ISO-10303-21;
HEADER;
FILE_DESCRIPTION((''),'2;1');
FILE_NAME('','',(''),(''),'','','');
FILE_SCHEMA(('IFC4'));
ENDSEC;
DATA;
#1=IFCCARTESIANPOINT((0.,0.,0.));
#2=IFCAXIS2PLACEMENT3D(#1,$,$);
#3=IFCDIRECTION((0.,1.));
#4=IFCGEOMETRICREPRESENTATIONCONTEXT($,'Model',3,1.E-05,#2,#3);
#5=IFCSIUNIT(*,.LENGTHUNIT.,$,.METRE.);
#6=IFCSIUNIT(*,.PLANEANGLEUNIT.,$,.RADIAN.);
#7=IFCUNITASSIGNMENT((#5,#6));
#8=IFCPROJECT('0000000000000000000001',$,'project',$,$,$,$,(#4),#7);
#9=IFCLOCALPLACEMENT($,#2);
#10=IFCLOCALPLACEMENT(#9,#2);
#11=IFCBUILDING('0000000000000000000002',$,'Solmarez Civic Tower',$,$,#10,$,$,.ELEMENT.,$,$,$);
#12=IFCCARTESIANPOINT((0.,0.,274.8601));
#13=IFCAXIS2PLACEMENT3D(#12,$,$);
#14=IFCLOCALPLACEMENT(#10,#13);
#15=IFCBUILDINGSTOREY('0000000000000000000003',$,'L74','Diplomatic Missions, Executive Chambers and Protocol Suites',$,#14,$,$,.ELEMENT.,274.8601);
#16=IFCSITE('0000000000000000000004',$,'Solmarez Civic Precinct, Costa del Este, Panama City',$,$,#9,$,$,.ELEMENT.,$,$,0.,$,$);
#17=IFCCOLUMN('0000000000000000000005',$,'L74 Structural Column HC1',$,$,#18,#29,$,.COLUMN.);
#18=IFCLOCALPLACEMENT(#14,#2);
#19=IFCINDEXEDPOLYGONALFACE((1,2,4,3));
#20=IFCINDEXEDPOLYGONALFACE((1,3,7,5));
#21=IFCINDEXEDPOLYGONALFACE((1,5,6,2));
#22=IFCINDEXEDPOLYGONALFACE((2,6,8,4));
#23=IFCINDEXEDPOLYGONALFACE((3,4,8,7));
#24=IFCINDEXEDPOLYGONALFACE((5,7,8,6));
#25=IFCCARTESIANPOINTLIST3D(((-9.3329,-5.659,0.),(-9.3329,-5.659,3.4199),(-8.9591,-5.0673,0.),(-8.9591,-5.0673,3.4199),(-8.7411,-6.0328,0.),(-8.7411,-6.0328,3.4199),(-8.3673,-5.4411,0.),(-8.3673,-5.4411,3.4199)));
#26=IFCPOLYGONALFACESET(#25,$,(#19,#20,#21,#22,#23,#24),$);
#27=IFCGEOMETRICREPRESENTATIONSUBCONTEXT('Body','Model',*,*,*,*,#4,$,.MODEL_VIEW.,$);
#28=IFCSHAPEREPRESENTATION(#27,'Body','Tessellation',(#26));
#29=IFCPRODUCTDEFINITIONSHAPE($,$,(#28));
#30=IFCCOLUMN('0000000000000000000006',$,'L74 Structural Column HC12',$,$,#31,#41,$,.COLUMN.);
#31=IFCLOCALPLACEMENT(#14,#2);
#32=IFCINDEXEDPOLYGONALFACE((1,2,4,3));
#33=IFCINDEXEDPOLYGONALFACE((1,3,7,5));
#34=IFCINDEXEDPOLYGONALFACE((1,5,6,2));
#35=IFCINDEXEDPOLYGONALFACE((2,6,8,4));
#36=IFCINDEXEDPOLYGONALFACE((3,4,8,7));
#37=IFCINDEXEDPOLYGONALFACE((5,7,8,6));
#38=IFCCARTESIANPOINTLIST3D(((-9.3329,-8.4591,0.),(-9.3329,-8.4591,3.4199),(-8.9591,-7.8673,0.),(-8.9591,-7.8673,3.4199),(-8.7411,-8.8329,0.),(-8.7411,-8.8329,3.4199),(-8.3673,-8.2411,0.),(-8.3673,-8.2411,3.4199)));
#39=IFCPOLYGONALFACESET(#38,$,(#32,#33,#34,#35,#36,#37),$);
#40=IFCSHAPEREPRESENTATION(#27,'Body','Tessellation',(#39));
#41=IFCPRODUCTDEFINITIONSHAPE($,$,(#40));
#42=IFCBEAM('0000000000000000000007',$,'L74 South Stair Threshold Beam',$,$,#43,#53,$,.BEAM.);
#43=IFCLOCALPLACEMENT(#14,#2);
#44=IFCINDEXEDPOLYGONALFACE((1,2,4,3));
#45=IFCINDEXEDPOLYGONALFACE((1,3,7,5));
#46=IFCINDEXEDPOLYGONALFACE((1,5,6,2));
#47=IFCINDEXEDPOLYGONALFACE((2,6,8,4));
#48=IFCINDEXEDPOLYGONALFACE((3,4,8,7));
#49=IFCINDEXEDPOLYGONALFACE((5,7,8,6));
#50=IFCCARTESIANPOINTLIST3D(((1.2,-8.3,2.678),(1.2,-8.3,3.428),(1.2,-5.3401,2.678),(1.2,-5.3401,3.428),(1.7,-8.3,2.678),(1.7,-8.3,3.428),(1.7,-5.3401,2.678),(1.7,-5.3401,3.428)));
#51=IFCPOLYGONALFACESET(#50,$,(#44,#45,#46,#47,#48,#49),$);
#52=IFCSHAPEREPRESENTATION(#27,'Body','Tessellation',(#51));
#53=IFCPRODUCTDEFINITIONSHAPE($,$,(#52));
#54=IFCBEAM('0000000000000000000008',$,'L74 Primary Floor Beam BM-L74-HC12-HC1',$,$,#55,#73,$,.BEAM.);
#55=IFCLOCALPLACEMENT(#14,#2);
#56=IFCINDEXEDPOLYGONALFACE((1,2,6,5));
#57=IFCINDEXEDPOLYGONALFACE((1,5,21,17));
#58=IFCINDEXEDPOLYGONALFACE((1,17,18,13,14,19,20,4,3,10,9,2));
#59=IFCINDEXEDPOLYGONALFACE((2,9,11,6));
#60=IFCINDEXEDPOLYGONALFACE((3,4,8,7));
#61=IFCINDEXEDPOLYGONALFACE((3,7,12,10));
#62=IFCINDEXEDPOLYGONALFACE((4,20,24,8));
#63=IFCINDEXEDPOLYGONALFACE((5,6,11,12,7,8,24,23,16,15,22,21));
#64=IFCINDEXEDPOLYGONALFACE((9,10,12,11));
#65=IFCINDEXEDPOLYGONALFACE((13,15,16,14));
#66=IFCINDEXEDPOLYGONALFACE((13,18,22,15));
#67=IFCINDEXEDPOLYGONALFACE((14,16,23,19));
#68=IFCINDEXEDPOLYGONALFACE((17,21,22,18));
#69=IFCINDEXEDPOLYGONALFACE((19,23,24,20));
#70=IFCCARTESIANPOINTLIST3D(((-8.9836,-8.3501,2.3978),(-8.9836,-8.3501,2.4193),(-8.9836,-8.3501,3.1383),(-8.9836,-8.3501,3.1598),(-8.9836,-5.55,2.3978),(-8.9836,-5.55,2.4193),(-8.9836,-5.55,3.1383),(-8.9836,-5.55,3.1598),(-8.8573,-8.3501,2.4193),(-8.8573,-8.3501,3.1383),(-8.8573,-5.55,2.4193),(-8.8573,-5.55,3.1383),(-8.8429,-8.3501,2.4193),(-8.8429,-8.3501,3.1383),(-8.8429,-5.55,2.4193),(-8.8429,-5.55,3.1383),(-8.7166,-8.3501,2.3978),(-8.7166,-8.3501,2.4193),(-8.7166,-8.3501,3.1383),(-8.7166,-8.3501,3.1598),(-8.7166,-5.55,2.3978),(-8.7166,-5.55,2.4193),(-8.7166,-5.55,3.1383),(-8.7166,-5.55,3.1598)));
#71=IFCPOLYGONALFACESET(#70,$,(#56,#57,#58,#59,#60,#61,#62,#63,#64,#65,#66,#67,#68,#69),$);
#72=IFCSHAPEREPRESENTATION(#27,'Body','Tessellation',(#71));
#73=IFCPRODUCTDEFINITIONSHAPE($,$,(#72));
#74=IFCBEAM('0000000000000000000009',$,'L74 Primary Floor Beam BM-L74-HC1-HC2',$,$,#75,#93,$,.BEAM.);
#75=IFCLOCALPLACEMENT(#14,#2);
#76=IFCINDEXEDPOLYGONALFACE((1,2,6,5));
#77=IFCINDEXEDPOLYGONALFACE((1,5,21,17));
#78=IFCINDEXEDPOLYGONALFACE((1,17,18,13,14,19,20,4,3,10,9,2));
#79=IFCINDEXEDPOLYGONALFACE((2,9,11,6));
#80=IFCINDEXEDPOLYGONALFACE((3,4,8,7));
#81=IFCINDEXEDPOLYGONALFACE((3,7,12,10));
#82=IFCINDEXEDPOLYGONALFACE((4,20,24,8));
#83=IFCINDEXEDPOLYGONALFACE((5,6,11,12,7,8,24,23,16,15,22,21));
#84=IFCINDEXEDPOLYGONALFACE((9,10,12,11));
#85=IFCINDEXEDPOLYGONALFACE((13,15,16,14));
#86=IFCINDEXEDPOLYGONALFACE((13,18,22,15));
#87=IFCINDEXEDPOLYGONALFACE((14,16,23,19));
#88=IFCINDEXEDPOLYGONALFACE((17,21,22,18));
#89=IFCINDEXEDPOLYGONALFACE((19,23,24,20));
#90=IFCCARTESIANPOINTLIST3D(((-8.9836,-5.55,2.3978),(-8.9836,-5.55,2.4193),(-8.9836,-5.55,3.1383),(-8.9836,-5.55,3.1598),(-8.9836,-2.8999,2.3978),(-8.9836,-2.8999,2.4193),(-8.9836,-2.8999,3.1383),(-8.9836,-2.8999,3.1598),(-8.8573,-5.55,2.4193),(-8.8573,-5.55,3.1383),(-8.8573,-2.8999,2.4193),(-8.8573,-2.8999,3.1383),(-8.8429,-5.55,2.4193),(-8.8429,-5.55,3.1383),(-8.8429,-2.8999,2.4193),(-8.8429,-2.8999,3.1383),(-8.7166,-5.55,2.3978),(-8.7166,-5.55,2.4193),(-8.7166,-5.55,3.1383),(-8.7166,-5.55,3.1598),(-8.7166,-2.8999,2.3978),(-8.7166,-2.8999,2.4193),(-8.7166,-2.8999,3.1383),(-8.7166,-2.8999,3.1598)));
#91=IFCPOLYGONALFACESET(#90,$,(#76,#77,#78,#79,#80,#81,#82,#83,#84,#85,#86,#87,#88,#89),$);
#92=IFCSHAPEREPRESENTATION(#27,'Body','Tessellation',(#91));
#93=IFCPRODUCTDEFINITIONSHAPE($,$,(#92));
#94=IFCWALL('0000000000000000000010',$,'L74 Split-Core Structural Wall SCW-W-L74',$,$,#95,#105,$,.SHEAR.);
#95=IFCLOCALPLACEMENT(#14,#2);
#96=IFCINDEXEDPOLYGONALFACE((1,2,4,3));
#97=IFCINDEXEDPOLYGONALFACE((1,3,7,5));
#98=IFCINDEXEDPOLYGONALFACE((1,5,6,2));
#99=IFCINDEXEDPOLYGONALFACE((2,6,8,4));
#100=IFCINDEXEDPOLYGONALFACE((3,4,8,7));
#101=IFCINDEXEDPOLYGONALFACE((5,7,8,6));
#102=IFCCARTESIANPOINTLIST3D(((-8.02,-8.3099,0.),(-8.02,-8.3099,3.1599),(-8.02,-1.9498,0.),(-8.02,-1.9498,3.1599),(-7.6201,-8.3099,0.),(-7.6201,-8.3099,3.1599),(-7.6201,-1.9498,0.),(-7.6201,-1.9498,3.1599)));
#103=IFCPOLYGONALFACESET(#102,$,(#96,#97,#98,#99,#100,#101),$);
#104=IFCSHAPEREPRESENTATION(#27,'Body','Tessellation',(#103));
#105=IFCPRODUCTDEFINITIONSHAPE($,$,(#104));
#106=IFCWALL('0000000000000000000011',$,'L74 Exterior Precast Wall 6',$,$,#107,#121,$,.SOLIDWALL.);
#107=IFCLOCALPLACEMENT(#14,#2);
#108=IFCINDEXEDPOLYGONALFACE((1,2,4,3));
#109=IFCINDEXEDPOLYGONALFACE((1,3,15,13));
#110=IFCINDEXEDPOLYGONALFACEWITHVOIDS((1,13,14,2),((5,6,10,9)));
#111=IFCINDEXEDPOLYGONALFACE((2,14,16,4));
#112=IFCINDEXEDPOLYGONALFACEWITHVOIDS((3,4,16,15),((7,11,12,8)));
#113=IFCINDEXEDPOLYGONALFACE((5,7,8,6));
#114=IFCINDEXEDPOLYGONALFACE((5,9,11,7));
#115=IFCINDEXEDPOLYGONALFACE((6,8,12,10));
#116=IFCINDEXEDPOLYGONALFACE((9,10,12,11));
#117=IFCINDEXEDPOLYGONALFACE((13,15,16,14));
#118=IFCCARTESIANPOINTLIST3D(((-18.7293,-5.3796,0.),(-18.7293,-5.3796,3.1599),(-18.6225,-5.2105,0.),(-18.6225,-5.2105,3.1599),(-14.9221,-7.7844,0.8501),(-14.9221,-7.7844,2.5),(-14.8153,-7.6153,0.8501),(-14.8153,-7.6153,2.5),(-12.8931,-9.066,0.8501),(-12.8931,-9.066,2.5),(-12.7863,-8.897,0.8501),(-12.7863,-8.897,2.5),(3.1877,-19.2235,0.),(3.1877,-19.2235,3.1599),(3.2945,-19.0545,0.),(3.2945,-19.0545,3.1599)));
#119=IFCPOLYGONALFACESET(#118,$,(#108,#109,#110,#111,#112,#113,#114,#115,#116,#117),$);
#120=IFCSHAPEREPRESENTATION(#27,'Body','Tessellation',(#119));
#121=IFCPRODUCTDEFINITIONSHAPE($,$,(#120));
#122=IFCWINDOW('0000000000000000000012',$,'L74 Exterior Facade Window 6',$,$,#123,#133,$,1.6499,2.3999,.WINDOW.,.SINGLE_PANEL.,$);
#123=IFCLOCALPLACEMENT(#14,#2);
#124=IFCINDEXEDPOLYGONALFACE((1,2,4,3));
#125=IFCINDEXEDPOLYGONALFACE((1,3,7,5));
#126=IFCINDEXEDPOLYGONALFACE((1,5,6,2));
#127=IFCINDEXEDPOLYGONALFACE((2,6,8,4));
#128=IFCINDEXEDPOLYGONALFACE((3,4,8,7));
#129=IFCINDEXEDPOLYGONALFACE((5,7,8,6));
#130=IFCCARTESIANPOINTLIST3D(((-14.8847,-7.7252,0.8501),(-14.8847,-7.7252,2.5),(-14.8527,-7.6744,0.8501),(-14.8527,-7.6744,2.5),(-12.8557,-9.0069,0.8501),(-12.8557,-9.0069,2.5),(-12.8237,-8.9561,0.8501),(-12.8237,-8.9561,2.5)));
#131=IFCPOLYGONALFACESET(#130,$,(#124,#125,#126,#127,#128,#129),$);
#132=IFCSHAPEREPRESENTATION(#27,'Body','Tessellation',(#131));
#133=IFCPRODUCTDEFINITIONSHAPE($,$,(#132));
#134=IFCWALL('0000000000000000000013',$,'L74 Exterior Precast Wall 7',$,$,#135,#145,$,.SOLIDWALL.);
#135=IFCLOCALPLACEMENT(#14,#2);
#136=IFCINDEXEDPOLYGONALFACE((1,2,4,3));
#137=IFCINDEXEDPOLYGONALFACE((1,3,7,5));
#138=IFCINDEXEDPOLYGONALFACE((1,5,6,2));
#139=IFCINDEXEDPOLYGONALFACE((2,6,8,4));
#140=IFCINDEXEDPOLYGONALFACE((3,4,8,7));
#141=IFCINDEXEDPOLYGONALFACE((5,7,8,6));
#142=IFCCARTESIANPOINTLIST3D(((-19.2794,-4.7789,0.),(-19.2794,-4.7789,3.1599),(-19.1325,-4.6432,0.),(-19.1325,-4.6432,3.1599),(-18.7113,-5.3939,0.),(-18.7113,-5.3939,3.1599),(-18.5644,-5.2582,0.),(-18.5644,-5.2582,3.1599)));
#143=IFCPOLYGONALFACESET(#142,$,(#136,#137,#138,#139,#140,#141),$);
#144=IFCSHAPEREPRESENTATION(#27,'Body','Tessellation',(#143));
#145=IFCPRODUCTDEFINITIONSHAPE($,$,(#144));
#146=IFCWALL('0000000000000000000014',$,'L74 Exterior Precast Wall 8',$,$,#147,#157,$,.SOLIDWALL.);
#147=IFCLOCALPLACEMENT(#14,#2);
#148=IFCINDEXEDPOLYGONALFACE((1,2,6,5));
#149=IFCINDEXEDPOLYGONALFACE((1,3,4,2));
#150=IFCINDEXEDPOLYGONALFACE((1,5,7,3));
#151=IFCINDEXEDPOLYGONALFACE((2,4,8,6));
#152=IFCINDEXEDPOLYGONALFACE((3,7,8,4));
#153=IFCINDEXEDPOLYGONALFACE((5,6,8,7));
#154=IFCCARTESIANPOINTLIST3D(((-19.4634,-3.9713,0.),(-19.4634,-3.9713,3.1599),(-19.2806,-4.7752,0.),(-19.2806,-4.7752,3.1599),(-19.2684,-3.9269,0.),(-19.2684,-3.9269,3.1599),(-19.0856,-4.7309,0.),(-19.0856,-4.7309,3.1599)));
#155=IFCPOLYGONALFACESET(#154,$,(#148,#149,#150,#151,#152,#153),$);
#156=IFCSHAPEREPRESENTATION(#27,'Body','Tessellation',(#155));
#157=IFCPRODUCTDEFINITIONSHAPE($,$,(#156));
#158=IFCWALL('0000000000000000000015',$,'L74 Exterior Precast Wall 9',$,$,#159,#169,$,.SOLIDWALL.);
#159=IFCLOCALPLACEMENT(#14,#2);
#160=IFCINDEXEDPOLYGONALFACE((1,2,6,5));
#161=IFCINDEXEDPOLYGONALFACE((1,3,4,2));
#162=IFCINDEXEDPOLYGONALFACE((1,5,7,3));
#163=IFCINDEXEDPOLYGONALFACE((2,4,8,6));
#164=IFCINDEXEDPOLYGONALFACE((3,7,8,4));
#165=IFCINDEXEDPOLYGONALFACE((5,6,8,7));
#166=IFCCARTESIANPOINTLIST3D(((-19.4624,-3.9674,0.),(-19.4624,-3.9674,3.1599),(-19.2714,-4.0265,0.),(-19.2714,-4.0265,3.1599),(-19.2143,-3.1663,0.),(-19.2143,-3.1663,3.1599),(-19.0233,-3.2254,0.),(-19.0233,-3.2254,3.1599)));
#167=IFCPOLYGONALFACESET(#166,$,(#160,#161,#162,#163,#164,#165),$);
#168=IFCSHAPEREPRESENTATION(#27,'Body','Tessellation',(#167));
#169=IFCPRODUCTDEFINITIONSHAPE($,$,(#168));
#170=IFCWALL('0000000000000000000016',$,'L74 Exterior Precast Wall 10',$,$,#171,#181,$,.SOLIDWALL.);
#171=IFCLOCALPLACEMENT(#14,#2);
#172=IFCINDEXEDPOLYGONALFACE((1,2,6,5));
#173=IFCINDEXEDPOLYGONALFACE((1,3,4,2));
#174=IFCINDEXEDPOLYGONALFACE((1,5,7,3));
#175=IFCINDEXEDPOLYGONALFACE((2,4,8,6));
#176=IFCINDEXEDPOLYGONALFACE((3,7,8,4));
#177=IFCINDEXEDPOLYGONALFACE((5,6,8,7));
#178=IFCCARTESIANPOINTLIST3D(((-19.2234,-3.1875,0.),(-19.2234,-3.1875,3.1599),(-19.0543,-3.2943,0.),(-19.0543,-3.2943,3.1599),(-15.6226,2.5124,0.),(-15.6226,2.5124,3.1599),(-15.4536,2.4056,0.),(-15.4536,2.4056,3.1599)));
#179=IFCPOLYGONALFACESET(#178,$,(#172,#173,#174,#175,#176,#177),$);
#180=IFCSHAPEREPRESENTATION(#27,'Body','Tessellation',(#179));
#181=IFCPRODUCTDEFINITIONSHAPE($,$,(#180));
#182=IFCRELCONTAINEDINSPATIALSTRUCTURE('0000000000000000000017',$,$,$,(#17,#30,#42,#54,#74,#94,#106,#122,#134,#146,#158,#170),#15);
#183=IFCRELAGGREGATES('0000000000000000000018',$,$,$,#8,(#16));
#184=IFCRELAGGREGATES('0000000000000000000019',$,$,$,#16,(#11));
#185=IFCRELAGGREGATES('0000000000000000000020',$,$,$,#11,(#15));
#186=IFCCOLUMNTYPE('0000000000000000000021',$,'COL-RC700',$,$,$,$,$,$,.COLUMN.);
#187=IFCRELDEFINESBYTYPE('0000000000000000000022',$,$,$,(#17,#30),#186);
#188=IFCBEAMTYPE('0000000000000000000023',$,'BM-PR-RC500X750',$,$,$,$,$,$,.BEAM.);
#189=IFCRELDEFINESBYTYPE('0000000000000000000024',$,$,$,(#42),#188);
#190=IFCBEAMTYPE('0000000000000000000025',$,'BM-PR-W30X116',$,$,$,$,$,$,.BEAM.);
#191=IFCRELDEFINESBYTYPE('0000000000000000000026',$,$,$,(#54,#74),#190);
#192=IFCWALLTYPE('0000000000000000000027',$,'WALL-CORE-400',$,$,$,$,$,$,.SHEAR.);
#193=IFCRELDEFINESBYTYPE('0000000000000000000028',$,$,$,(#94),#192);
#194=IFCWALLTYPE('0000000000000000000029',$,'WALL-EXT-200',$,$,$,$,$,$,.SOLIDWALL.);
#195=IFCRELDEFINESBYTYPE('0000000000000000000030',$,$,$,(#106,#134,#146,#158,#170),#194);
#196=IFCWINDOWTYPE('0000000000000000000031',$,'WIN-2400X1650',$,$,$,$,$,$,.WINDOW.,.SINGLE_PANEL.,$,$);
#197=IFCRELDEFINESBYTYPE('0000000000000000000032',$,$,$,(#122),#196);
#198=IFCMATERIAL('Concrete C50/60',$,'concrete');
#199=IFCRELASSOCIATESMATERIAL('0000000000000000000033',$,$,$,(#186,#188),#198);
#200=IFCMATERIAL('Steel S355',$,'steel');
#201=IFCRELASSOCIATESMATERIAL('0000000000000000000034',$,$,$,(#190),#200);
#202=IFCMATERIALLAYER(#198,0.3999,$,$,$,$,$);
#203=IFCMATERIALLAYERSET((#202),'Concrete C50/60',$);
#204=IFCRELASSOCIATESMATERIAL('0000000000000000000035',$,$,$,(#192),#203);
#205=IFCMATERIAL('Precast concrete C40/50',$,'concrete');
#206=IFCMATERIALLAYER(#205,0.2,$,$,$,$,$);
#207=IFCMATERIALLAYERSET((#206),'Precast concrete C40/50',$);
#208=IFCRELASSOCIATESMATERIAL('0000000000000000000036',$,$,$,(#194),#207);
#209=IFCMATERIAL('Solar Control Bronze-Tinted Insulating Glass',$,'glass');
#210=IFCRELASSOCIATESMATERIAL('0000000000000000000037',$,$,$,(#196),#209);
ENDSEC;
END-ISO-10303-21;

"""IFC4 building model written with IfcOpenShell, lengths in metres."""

from ifc_helpers import new_model, si_unit, direction, frame, frame_2d, origin, origin_2d, place, context, subcontext, project, spatial, rectangle, i_section, extrude, material, layer, layer_set, material_profile, profile_set, type_object, element, fill, save


model = new_model("IFC4")

# Units and contexts
model_context = context("Model", 3, precision=1e-05, world=origin(), true_north=direction((0.0, 1.0)))
body_context = subcontext(model_context, "Body", "Model", "MODEL_VIEW")
ifc_project = project(units=[si_unit("LENGTHUNIT", "METRE"), si_unit("PLANEANGLEUNIT", "RADIAN")], contexts=[model_context])

# Site, building, storey
site_placement = place(None, origin())
site = spatial("IfcSite", under=ifc_project, at=site_placement, Name="Solmarez Civic Precinct, Costa del Este, Panama City", CompositionType="ELEMENT", RefElevation=0.0)
building_placement = place(site_placement, origin())
building = spatial("IfcBuilding", under=site, at=building_placement, Name="Solmarez Civic Tower", CompositionType="ELEMENT")
storey_placement = place(building_placement, frame((0.0, 0.0, 274.8601)))
storey = spatial("IfcBuildingStorey", under=building, at=storey_placement, Name="L74", Description="Diplomatic Missions, Executive Chambers and Protocol Suites", CompositionType="ELEMENT", Elevation=274.8601)

# Columns
ifc_material_1 = material(Name="Concrete C50/60", Category="concrete")
ifc_material_profile_1 = material_profile(ifc_material_1, rectangle(XDim=0.7, YDim=0.7, at=origin_2d()), Name="RC700X700")
ifc_profile_set_1 = profile_set([ifc_material_profile_1], Name="Concrete C50/60")
column_type = type_object("IfcColumnType", Name="COL-RC700", PredefinedType="COLUMN", material=ifc_profile_set_1)
for number, where, z_axis, x_axis, name in (
    (1, (-8.8501, -5.55, 0.0), (0.0, 0.0, 1.0), (0.534057, 0.845448, 0.0), "L74 Structural Column HC1"),
    (2, (-8.8501, -8.3501, 0.0), (0.0, 0.0, 1.0), (0.534057, 0.845448, 0.0), "L74 Structural Column HC12"),
):
    element("IfcColumn", number, at=place(storey_placement, frame(where, z_axis=z_axis, x_axis=x_axis)), inside=storey, type_object=column_type, Name=name, PredefinedType="COLUMN", context=body_context, shape_type="SweptSolid", body=[
        extrude(rectangle(XDim=0.7, YDim=0.7, at=origin_2d()), origin(), (0.0, 0.0, 1.0), 3.4199),
    ])

# Beams
ifc_material_profile_2 = material_profile(ifc_material_1, rectangle(XDim=0.5, YDim=0.75, at=origin_2d()), Name="RC500X750")
ifc_profile_set_2 = profile_set([ifc_material_profile_2], Name="Concrete C50/60")
beam_type_1 = type_object("IfcBeamType", Name="BM-PR-RC500X750", PredefinedType="BEAM", material=ifc_profile_set_2)
beam_1_placement = place(storey_placement, frame((1.45, -8.3, 3.053), z_axis=(0.0, 1.0, 0.0), x_axis=(-1.0, 0.0, 0.0)))
element("IfcBeam", 3, at=beam_1_placement, inside=storey, type_object=beam_type_1, Name="L74 South Stair Threshold Beam", PredefinedType="BEAM", context=body_context, shape_type="SweptSolid", body=[
    extrude(rectangle(XDim=0.5, YDim=0.75, at=origin_2d()), origin(), (0.0, 0.0, 1.0), 2.96),
])
ifc_material_2 = material(Name="Steel S355", Category="steel")
ifc_material_profile_3 = material_profile(ifc_material_2, i_section(OverallWidth=0.2671, OverallDepth=0.762, WebThickness=0.0144, FlangeThickness=0.0215, at=origin_2d()), Name="W30X116")
ifc_profile_set_3 = profile_set([ifc_material_profile_3], Name="Steel S355")
beam_type_2 = type_object("IfcBeamType", Name="BM-PR-W30X116", PredefinedType="BEAM", material=ifc_profile_set_3)
beam_2_placement = place(storey_placement, frame((-8.8501, -8.3501, 2.7788), z_axis=(0.0, 1.0, 0.0), x_axis=(-1.0, 0.0, 0.0)))
element("IfcBeam", 4, at=beam_2_placement, inside=storey, type_object=beam_type_2, Name="L74 Primary Floor Beam BM-L74-HC12-HC1", PredefinedType="BEAM", context=body_context, shape_type="SweptSolid", body=[
    extrude(i_section(OverallWidth=0.2671, OverallDepth=0.762, WebThickness=0.0144, FlangeThickness=0.0215, at=origin_2d()), origin(), (0.0, 0.0, 1.0), 2.8),
])
beam_3_placement = place(storey_placement, frame((-8.8501, -5.55, 2.7788), z_axis=(0.0, 1.0, 0.0), x_axis=(-1.0, 0.0, 0.0)))
element("IfcBeam", 5, at=beam_3_placement, inside=storey, type_object=beam_type_2, Name="L74 Primary Floor Beam BM-L74-HC1-HC2", PredefinedType="BEAM", context=body_context, shape_type="SweptSolid", body=[
    extrude(i_section(OverallWidth=0.2671, OverallDepth=0.762, WebThickness=0.0144, FlangeThickness=0.0215, at=origin_2d()), origin(), (0.0, 0.0, 1.0), 2.6501),
])

# Wall
ifc_layer_1 = layer(ifc_material_1, 0.3999)
ifc_layer_set_1 = layer_set([ifc_layer_1], Name="Concrete C50/60")
wall_type_1 = type_object("IfcWallType", Name="WALL-CORE-400", PredefinedType="SHEAR", material=ifc_layer_set_1)
wall_1_placement = place(storey_placement, frame((-7.8201, -8.3101, 0.0), z_axis=(0.0, 0.0, 1.0), x_axis=(0.0, 1.0, 0.0)))
element("IfcWall", 6, at=wall_1_placement, inside=storey, type_object=wall_type_1, Name="L74 Split-Core Structural Wall SCW-W-L74", PredefinedType="SHEAR", context=body_context, shape_type="SweptSolid", body=[
    extrude(rectangle(XDim=6.3601, YDim=0.3999, at=frame_2d((3.1802, 0.0))), origin(), (0.0, 0.0, 1.0), 3.1599),
])

# Wall, opening, window
ifc_material_3 = material(Name="Precast concrete C40/50", Category="concrete")
ifc_layer_2 = layer(ifc_material_3, 0.2)
ifc_layer_set_2 = layer_set([ifc_layer_2], Name="Precast concrete C40/50")
wall_type_2 = type_object("IfcWallType", Name="WALL-EXT-200", PredefinedType="SOLIDWALL", material=ifc_layer_set_2)
wall_2_placement = place(storey_placement, frame((3.241, -19.1389, 0.0), z_axis=(0.0, 0.0, 1.0), x_axis=(-0.84546, 0.534039, 0.0)))
wall_2 = element("IfcWall", 7, at=wall_2_placement, inside=storey, type_object=wall_type_2, Name="L74 Exterior Precast Wall 6", PredefinedType="SOLIDWALL", context=body_context, shape_type="SweptSolid", body=[
    extrude(rectangle(XDim=25.9231, YDim=0.2, at=frame_2d((12.9614, 0.0))), origin(), (0.0, 0.0, 1.0), 3.1599),
])
opening_1_placement = place(wall_2_placement, frame((19.02, 0.0, 0.8501)))
opening_1 = element("IfcOpeningElement", 8, at=opening_1_placement, cuts=wall_2, PredefinedType="OPENING", context=body_context, shape_type="SweptSolid", body=[
    extrude(rectangle(XDim=2.3999, YDim=1.6499, at=frame_2d((1.2, 0.825))), frame((0.0, 0.1099, 0.0), z_axis=(0.0, -1.0, 0.0), x_axis=(1.0, 0.0, 0.0)), (0.0, 0.0, 1.0), 0.22),
])
ifc_material_4 = material(Name="Solar Control Bronze-Tinted Insulating Glass", Category="glass")
window_type = type_object("IfcWindowType", Name="WIN-2400X1650", PartitioningType="SINGLE_PANEL", PredefinedType="WINDOW", material=ifc_material_4)
window_placement = place(opening_1_placement, origin())
window = element("IfcWindow", 9, at=window_placement, inside=storey, type_object=window_type, Name="L74 Exterior Facade Window 6", OverallHeight=1.6499, OverallWidth=2.3999, PartitioningType="SINGLE_PANEL", PredefinedType="WINDOW", context=body_context, shape_type="SweptSolid", body=[
    extrude(rectangle(XDim=2.3999, YDim=1.6499, at=frame_2d((1.2, 0.825))), frame((0.0, 0.03, 0.0), z_axis=(0.0, -1.0, 0.0), x_axis=(1.0, 0.0, 0.0)), (0.0, 0.0, 1.0), 0.0601),
])
fill(opening_1, window)

# Walls
wall_3_placement = place(storey_placement, frame((-18.6379, -5.3259, 0.0), z_axis=(0.0, 0.0, 1.0), x_axis=(-0.678559, 0.734546, 0.0)))
element("IfcWall", 10, at=wall_3_placement, inside=storey, type_object=wall_type_2, Name="L74 Exterior Precast Wall 7", PredefinedType="SOLIDWALL", context=body_context, shape_type="SweptSolid", body=[
    extrude(rectangle(XDim=0.8372, YDim=0.2, at=frame_2d((0.4185, 0.0))), origin(), (0.0, 0.0, 1.0), 3.1599),
])
wall_4_placement = place(storey_placement, frame((-19.1831, -4.7529, 0.0), z_axis=(0.0, 0.0, 1.0), x_axis=(-0.221787, 0.975095, 0.0)))
element("IfcWall", 11, at=wall_4_placement, inside=storey, type_object=wall_type_2, Name="L74 Exterior Precast Wall 8", PredefinedType="SOLIDWALL", context=body_context, shape_type="SweptSolid", body=[
    extrude(rectangle(XDim=0.8245, YDim=0.2, at=frame_2d((0.4121, 0.0))), origin(), (0.0, 0.0, 1.0), 3.1599),
])
wall_5_placement = place(storey_placement, frame((-19.3669, -3.9971, 0.0), z_axis=(0.0, 0.0, 1.0), x_axis=(0.295804, 0.955249, 0.0)))
element("IfcWall", 12, at=wall_5_placement, inside=storey, type_object=wall_type_2, Name="L74 Exterior Precast Wall 9", PredefinedType="SOLIDWALL", context=body_context, shape_type="SweptSolid", body=[
    extrude(rectangle(XDim=0.8386, YDim=0.2, at=frame_2d((0.4194, 0.0))), origin(), (0.0, 0.0, 1.0), 3.1599),
])
wall_6_placement = place(storey_placement, frame((-19.1389, -3.241, 0.0), z_axis=(0.0, 0.0, 1.0), x_axis=(0.534084, 0.845431, 0.0)))
element("IfcWall", 13, at=wall_6_placement, inside=storey, type_object=wall_type_2, Name="L74 Exterior Precast Wall 10", PredefinedType="SOLIDWALL", context=body_context, shape_type="SweptSolid", body=[
    extrude(rectangle(XDim=6.7419, YDim=0.2, at=frame_2d((3.3711, 0.0))), origin(), (0.0, 0.0, 1.0), 3.1599),
])

save(model, "model.ifc")
